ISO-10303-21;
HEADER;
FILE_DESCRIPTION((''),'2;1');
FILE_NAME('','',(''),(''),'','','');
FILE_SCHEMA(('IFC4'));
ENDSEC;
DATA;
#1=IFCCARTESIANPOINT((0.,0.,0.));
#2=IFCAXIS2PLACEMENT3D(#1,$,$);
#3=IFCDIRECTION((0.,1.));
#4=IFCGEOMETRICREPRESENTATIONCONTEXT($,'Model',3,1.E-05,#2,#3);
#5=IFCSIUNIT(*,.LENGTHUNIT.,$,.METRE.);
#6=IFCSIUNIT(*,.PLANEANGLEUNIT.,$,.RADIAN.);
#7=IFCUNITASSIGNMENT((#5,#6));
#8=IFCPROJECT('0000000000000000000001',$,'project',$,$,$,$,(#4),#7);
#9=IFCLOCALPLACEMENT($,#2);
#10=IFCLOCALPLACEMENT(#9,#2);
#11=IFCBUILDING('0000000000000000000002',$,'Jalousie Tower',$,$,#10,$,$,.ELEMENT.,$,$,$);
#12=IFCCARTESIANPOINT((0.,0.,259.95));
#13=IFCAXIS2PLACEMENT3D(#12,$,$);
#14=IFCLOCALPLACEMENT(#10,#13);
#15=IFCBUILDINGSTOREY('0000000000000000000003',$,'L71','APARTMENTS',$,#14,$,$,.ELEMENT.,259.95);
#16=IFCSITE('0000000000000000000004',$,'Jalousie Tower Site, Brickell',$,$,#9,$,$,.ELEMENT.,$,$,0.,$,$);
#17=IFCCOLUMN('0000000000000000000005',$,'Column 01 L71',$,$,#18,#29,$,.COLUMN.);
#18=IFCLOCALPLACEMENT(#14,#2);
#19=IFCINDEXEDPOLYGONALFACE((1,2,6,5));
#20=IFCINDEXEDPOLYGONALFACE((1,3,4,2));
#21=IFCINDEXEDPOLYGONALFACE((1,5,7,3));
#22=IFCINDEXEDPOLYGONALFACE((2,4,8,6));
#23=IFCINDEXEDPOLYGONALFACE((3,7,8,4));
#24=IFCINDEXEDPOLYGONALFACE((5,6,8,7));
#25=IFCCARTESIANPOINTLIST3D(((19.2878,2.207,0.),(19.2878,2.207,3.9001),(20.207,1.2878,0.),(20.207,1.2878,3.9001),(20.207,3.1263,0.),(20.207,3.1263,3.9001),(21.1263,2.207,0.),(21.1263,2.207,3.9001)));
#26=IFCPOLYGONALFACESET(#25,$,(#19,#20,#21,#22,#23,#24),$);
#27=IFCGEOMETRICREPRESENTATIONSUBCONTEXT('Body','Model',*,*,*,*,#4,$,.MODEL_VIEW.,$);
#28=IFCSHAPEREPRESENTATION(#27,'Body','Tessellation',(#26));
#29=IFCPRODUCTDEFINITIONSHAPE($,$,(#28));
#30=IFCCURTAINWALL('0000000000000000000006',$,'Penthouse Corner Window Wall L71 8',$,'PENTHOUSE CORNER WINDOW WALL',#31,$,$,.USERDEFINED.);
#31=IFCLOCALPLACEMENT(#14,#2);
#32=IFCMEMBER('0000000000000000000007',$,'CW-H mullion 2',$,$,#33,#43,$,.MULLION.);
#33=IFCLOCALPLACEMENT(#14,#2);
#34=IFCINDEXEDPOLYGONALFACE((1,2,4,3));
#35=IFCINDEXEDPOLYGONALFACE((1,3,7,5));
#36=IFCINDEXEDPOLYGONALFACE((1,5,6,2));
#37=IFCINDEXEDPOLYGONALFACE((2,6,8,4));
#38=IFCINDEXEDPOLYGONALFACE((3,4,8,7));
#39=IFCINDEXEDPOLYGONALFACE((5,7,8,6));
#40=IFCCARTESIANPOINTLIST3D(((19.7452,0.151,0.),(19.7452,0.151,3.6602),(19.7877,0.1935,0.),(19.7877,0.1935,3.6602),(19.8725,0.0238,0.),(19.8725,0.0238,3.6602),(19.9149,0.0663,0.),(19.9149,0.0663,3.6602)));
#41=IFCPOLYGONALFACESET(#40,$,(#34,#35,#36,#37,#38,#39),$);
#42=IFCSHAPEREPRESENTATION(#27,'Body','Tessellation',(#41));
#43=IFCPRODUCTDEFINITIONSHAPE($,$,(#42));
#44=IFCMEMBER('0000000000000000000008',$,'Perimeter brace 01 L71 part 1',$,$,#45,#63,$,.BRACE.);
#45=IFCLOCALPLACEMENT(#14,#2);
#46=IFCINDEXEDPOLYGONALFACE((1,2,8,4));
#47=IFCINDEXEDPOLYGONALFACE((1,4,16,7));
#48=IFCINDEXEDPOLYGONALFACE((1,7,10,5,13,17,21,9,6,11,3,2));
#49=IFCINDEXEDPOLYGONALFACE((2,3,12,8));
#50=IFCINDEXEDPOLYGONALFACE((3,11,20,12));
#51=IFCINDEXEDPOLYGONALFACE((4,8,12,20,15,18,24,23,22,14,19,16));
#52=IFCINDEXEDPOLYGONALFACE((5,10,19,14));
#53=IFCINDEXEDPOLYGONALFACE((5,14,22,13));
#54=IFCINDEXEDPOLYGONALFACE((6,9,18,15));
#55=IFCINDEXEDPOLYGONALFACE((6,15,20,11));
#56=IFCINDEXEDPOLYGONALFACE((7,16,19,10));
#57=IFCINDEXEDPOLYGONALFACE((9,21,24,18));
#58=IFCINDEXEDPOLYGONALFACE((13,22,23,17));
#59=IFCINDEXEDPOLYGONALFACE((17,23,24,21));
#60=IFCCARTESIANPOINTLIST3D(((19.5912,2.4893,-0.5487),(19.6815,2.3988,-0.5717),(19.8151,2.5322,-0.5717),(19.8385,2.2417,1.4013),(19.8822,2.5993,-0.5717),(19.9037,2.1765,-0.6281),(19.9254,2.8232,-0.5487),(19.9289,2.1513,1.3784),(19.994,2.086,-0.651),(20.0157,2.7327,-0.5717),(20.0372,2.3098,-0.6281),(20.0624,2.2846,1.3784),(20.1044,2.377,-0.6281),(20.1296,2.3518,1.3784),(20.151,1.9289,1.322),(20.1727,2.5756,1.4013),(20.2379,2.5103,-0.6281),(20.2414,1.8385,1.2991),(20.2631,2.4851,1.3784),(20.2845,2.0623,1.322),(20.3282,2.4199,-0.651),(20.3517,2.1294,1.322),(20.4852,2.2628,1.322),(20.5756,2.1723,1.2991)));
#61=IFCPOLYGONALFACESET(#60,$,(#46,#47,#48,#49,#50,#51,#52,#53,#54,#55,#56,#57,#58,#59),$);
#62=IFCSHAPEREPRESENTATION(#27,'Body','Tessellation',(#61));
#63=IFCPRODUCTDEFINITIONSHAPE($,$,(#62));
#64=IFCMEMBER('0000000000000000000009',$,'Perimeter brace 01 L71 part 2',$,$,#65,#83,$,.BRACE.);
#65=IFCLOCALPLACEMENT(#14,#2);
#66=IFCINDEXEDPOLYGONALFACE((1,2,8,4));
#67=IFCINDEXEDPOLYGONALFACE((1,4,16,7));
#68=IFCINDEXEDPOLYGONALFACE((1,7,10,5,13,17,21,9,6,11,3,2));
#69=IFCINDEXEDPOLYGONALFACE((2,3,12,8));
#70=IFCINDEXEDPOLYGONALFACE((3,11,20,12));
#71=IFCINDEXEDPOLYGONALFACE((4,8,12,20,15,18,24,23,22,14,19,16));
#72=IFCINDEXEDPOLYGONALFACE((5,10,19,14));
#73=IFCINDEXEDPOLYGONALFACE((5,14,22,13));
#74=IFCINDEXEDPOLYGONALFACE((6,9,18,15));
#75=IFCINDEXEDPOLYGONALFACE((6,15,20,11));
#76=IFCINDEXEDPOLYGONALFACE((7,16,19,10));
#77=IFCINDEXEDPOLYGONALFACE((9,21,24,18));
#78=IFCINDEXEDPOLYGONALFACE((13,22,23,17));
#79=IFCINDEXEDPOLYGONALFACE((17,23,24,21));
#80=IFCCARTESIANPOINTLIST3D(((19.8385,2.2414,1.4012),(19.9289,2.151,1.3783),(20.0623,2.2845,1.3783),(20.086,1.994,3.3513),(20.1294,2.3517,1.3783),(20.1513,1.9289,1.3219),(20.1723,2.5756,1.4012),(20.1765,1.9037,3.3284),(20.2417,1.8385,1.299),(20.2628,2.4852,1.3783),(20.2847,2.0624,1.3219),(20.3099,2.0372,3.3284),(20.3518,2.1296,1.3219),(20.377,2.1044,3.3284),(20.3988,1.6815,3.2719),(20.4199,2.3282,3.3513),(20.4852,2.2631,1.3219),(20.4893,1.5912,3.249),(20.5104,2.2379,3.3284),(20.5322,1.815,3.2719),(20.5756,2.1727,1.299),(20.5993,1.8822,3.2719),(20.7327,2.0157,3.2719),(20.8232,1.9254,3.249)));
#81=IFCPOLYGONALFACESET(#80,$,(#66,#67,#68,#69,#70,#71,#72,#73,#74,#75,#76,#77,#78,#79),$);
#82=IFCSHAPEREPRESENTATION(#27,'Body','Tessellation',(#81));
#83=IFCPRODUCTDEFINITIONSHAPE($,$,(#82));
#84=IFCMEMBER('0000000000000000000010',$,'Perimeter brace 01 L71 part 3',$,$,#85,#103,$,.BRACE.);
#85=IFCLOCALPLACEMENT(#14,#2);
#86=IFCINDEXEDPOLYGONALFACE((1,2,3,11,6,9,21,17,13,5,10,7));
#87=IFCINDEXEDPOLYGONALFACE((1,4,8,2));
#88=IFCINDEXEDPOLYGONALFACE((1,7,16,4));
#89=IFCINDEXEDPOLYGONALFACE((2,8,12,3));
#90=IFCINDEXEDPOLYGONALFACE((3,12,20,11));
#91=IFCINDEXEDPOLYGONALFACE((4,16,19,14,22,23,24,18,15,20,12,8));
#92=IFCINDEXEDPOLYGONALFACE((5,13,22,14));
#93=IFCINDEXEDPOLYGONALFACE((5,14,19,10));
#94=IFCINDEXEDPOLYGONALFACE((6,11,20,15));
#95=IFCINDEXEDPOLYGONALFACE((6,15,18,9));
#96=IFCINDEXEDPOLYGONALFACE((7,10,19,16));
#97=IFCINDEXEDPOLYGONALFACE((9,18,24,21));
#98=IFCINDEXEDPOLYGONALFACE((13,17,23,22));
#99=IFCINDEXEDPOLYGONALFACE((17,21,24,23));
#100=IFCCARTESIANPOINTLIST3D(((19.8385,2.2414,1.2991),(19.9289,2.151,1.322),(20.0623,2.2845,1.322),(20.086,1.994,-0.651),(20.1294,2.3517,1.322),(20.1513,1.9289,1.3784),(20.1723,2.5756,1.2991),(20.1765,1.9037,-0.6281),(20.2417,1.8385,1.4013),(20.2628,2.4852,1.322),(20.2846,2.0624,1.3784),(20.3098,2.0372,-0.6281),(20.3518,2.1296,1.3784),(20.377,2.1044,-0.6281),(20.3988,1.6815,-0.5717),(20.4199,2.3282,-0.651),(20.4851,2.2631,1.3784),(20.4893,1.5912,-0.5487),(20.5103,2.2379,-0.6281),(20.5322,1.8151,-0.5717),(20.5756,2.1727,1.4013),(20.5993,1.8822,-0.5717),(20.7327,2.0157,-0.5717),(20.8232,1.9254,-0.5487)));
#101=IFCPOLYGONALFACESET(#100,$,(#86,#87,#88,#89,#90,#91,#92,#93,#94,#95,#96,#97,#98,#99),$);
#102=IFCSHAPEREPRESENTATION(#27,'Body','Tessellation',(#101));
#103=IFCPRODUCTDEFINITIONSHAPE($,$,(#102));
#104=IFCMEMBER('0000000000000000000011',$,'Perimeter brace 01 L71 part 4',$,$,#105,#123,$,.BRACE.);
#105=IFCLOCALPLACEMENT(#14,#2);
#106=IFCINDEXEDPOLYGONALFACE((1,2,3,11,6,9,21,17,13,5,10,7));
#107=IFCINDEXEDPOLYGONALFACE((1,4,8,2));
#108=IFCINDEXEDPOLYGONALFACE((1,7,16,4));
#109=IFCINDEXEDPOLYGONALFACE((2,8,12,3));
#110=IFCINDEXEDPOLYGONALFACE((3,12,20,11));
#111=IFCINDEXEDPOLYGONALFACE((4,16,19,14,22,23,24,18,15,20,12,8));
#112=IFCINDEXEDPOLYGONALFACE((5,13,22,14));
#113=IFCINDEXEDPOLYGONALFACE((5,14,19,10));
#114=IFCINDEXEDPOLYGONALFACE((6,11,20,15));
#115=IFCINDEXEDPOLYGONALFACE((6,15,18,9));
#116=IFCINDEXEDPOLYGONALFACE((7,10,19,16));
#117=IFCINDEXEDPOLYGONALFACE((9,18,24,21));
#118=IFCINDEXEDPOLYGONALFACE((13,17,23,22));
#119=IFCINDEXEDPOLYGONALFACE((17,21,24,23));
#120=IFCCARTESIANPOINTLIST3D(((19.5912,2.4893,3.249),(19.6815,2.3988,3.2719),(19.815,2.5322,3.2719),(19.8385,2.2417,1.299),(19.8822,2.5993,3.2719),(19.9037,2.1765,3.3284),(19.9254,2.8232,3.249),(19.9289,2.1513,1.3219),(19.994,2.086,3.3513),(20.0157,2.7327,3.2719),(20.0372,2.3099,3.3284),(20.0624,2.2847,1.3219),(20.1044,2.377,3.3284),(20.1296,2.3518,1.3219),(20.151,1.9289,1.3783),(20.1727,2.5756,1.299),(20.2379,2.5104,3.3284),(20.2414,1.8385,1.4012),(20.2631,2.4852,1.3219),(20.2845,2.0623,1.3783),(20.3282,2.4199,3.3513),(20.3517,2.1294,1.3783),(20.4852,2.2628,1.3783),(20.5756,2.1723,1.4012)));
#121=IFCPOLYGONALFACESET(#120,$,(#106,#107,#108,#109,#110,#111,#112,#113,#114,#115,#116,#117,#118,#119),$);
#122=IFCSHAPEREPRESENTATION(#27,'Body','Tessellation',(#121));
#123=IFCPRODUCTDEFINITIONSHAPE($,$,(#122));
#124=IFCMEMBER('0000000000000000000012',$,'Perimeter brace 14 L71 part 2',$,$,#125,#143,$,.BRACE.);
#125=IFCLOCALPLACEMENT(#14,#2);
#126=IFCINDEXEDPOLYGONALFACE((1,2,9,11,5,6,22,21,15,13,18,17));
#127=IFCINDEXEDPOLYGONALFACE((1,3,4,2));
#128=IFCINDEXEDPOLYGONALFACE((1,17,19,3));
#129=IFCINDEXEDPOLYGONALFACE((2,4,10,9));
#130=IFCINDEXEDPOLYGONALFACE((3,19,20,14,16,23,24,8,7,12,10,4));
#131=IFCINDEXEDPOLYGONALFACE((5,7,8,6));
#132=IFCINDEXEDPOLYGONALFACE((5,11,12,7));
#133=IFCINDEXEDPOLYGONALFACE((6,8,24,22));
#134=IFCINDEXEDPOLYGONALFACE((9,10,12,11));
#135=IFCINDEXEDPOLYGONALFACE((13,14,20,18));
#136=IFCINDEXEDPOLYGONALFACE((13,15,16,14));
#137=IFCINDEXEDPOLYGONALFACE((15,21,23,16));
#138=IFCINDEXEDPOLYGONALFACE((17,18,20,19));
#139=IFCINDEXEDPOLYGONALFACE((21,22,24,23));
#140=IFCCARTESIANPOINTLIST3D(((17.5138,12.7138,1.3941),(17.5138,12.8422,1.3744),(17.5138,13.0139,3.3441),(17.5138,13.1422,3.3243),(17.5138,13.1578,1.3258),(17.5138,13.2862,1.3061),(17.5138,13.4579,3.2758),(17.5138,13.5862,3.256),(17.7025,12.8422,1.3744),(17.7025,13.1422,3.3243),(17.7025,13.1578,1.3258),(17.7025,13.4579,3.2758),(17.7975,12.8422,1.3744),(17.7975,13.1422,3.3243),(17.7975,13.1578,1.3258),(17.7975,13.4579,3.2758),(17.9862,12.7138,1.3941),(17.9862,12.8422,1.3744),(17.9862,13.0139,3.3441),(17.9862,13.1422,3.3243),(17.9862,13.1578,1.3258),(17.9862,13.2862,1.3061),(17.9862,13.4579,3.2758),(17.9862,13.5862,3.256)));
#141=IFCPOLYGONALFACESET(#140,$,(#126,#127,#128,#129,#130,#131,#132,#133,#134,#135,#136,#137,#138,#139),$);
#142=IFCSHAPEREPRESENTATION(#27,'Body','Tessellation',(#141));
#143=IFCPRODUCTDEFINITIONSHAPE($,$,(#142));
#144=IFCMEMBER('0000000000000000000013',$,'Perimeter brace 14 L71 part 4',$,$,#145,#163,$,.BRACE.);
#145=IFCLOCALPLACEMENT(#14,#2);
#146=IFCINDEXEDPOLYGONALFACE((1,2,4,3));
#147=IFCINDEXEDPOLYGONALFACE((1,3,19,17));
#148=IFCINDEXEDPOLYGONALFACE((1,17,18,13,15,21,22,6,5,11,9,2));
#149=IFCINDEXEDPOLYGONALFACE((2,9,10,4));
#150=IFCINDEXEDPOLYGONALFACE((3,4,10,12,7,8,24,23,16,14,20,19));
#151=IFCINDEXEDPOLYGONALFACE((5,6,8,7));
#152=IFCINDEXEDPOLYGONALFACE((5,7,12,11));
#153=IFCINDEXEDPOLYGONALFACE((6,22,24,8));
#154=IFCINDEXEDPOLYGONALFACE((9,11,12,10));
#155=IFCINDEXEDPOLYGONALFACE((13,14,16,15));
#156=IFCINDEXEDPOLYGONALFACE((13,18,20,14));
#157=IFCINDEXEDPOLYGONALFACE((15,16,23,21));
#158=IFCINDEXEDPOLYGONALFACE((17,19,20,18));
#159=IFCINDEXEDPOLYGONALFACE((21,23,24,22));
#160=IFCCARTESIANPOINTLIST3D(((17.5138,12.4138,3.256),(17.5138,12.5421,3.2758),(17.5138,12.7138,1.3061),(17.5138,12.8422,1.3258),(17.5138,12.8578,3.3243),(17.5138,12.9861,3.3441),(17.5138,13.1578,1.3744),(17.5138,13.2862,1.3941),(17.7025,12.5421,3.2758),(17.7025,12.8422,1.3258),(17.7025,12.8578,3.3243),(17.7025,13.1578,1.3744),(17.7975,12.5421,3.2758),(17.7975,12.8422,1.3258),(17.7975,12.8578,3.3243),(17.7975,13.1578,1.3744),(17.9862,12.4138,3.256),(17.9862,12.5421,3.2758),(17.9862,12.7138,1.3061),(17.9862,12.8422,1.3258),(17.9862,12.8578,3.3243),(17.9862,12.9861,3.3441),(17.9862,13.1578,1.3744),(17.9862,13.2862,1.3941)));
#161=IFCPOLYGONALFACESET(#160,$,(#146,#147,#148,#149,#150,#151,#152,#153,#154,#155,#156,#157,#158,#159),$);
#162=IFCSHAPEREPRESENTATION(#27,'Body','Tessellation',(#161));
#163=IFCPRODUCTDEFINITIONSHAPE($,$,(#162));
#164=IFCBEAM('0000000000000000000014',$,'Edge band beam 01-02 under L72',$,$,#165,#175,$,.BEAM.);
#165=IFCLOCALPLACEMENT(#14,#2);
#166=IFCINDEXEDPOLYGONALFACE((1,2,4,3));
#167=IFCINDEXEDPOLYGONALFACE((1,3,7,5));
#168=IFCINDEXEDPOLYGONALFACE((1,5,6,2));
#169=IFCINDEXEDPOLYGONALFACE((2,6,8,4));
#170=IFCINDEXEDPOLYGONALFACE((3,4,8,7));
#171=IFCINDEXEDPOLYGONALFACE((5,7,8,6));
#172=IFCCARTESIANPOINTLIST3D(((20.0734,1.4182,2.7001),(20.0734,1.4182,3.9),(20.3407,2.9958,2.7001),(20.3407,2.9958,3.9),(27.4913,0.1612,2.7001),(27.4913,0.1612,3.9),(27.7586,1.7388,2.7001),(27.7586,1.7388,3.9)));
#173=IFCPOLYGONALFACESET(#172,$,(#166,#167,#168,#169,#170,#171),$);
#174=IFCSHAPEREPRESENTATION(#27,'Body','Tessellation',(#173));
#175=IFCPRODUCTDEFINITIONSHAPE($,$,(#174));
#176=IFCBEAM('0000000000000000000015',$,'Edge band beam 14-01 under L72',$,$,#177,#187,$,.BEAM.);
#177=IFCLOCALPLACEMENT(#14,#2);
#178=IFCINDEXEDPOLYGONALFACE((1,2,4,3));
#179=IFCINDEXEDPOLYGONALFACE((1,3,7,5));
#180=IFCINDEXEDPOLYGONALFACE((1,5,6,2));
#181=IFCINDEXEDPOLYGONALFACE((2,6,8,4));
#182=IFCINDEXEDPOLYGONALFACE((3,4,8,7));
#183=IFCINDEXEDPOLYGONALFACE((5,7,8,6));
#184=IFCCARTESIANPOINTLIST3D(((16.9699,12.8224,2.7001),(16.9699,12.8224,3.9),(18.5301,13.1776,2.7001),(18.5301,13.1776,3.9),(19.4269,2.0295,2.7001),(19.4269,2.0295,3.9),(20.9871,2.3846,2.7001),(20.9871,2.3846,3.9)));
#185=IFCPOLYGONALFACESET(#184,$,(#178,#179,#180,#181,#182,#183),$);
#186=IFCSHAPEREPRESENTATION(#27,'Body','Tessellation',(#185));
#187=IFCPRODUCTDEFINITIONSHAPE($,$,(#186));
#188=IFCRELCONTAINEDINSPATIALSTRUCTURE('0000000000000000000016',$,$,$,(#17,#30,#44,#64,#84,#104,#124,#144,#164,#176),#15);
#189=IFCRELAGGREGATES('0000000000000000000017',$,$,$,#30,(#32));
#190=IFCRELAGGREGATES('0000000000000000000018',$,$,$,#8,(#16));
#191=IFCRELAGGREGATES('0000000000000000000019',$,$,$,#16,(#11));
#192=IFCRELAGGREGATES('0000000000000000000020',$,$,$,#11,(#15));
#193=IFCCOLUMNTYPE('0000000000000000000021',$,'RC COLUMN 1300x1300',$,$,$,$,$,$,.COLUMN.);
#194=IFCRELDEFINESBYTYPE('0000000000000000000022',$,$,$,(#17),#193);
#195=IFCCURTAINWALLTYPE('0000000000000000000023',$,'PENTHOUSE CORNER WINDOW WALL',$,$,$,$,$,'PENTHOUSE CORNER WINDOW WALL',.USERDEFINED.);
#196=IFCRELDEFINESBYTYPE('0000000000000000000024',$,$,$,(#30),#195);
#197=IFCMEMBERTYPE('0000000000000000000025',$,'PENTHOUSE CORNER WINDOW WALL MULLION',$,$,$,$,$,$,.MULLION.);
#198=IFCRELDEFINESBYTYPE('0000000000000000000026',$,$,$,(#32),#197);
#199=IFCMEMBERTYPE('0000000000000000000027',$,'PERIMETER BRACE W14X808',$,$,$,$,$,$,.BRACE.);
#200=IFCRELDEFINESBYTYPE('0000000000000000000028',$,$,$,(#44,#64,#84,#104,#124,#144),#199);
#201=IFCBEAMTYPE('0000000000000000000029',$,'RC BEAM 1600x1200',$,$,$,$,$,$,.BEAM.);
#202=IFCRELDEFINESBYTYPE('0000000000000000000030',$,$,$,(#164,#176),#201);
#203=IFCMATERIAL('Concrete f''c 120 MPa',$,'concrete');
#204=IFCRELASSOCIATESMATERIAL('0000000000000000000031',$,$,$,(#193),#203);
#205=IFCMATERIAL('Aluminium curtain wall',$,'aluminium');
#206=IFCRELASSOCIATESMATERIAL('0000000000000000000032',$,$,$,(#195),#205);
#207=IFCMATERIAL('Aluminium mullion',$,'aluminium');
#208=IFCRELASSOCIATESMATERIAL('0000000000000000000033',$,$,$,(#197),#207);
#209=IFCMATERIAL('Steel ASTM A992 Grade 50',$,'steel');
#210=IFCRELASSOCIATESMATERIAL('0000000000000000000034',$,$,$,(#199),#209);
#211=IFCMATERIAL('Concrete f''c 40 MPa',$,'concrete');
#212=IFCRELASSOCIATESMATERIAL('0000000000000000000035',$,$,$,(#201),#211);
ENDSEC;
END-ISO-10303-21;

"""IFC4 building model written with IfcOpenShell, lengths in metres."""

from ifc_helpers import new_model, si_unit, direction, frame, origin, origin_2d, place, context, subcontext, project, spatial, rectangle, i_section, extrude, material, material_profile, profile_set, type_object, element, aggregate, save


model = new_model("IFC4")

# Units and contexts
model_context = context("Model", 3, precision=1e-05, world=origin(), true_north=direction((0.0, 1.0)))
body_context = subcontext(model_context, "Body", "Model", "MODEL_VIEW")
ifc_project = project(units=[si_unit("LENGTHUNIT", "METRE"), si_unit("PLANEANGLEUNIT", "RADIAN")], contexts=[model_context])

# Site, building, storey
site_placement = place(None, origin())
site = spatial("IfcSite", under=ifc_project, at=site_placement, Name="Jalousie Tower Site, Brickell", CompositionType="ELEMENT", RefElevation=0.0)
building_placement = place(site_placement, origin())
building = spatial("IfcBuilding", under=site, at=building_placement, Name="Jalousie Tower", CompositionType="ELEMENT")
storey_placement = place(building_placement, frame((0.0, 0.0, 259.95)))
storey = spatial("IfcBuildingStorey", under=building, at=storey_placement, Name="L71", Description="APARTMENTS", CompositionType="ELEMENT", Elevation=259.95)

# Column
ifc_material_1 = material(Name="Concrete f'c 120 MPa", Category="concrete")
ifc_material_profile_1 = material_profile(ifc_material_1, rectangle(XDim=1.3, YDim=1.3, at=origin_2d()), Name="RC 1300x1300")
ifc_profile_set_1 = profile_set([ifc_material_profile_1], Name="Concrete f'c 120 MPa")
column_type = type_object("IfcColumnType", Name="RC COLUMN 1300x1300", PredefinedType="COLUMN", material=ifc_profile_set_1)
column_placement = place(storey_placement, frame((20.207, 2.207, 0.0), z_axis=(0.0, 0.0, 1.0), x_axis=(0.707107, 0.707107, 0.0)))
element("IfcColumn", 1, at=column_placement, inside=storey, type_object=column_type, Name="Column 01 L71", PredefinedType="COLUMN", context=body_context, shape_type="SweptSolid", body=[
    extrude(rectangle(XDim=1.3, YDim=1.3, at=origin_2d()), origin(), (0.0, 0.0, 1.0), 3.9001),
])

# Curtain wall, member
ifc_material_2 = material(Name="Aluminium curtain wall", Category="aluminium")
curtain_wall_type_1 = type_object("IfcCurtainWallType", Name="PENTHOUSE CORNER WINDOW WALL", ElementType="PENTHOUSE CORNER WINDOW WALL", PredefinedType="USERDEFINED", material=ifc_material_2)
curtain_wall_1_placement = place(storey_placement, origin())
curtain_wall_1 = element("IfcCurtainWall", 2, at=curtain_wall_1_placement, inside=storey, type_object=curtain_wall_type_1, Name="Penthouse Corner Window Wall L71 8", ObjectType="PENTHOUSE CORNER WINDOW WALL", PredefinedType="USERDEFINED")
ifc_material_3 = material(Name="Aluminium mullion", Category="aluminium")
ifc_material_profile_2 = material_profile(ifc_material_3, rectangle(XDim=0.0601, YDim=0.1799, at=origin_2d()), Name="MULLION 60x180")
ifc_profile_set_2 = profile_set([ifc_material_profile_2], Name="Aluminium mullion")
member_type_1 = type_object("IfcMemberType", Name="PENTHOUSE CORNER WINDOW WALL MULLION", PredefinedType="MULLION", material=ifc_profile_set_2)
member_1_placement = place(storey_placement, frame((19.8301, 0.1086, 0.0), z_axis=(0.0, 0.0, 1.0), x_axis=(0.707107, 0.707107, 0.0)))
member_1 = element("IfcMember", 3, at=member_1_placement, type_object=member_type_1, Name="CW-H mullion 2", PredefinedType="MULLION", context=body_context, shape_type="SweptSolid", body=[
    extrude(rectangle(XDim=0.0601, YDim=0.1799, at=origin_2d()), origin(), (0.0, 0.0, 1.0), 3.6602),
])

# Members
ifc_material_4 = material(Name="Steel ASTM A992 Grade 50", Category="steel")
ifc_material_profile_3 = material_profile(ifc_material_4, i_section(OverallWidth=0.4724, OverallDepth=0.5791, WebThickness=0.095, FlangeThickness=0.1299, at=origin_2d()), Name="W14X808")
ifc_profile_set_3 = profile_set([ifc_material_profile_3], Name="Steel ASTM A992 Grade 50")
member_type_2 = type_object("IfcMemberType", Name="PERIMETER BRACE W14X808", PredefinedType="BRACE", material=ifc_profile_set_3)
for number, where, z_axis, x_axis, name in (
    (4, (19.9597, 2.4546, -0.5999), (0.124837, -0.12496, 0.984277), (0.707456, 0.706758, 0.0), "Perimeter brace 01 L71 part 1"),
    (5, (20.207, 2.207, 1.3501), (0.12496, -0.124837, 0.984277), (0.706758, 0.707456, 0.0), "Perimeter brace 01 L71 part 2"),
    (6, (20.4546, 1.9597, -0.5999), (-0.12496, 0.124837, 0.984277), (-0.706758, -0.707456, 0.0), "Perimeter brace 01 L71 part 3"),
    (7, (20.207, 2.207, 1.3501), (-0.124837, 0.12496, 0.984277), (-0.707456, -0.706758, 0.0), "Perimeter brace 01 L71 part 4"),
):
    element("IfcMember", number, at=place(storey_placement, frame(where, z_axis=z_axis, x_axis=x_axis)), inside=storey, type_object=member_type_2, Name=name, PredefinedType="BRACE", context=body_context, shape_type="SweptSolid", body=[
        extrude(i_section(OverallWidth=0.4724, OverallDepth=0.5791, WebThickness=0.095, FlangeThickness=0.1299, at=origin_2d()), origin(), (0.0, 0.0, 1.0), 1.9812),
    ])
for number, where, z_axis, x_axis, name in (
    (8, (17.75, 13.0, 1.3501), (0.0, 0.152085, 0.988367), (-1.0, 0.0, 0.0), "Perimeter brace 14 L71 part 2"),
    (9, (17.75, 13.0, 1.3501), (0.0, -0.152085, 0.988367), (1.0, 0.0, 0.0), "Perimeter brace 14 L71 part 4"),
):
    element("IfcMember", number, at=place(storey_placement, frame(where, z_axis=z_axis, x_axis=x_axis)), inside=storey, type_object=member_type_2, Name=name, PredefinedType="BRACE", context=body_context, shape_type="SweptSolid", body=[
        extrude(i_section(OverallWidth=0.4724, OverallDepth=0.5791, WebThickness=0.095, FlangeThickness=0.1299, at=origin_2d()), origin(), (0.0, 0.0, 1.0), 1.9729),
    ])

# Beams
ifc_material_5 = material(Name="Concrete f'c 40 MPa", Category="concrete")
ifc_material_profile_4 = material_profile(ifc_material_5, rectangle(XDim=1.6001, YDim=1.2, at=origin_2d()), Name="RC 1600x1200")
ifc_profile_set_4 = profile_set([ifc_material_profile_4], Name="Concrete f'c 40 MPa")
beam_type = type_object("IfcBeamType", Name="RC BEAM 1600x1200", PredefinedType="BEAM", material=ifc_profile_set_4)
beam_1_placement = place(storey_placement, frame((20.207, 2.207, 3.3), z_axis=(0.985943, -0.167082, 0.0), x_axis=(0.167082, 0.985943, 0.0)))
element("IfcBeam", 10, at=beam_1_placement, inside=storey, type_object=beam_type, Name="Edge band beam 01-02 under L72", PredefinedType="BEAM", context=body_context, shape_type="SweptSolid", body=[
    extrude(rectangle(XDim=1.6001, YDim=1.2, at=origin_2d()), origin(), (0.0, 0.0, 1.0), 7.5237),
])
beam_2_placement = place(storey_placement, frame((17.75, 13.0, 3.3), z_axis=(0.221972, -0.975053, 0.0), x_axis=(0.975053, 0.221972, 0.0)))
element("IfcBeam", 11, at=beam_2_placement, inside=storey, type_object=beam_type, Name="Edge band beam 14-01 under L72", PredefinedType="BEAM", context=body_context, shape_type="SweptSolid", body=[
    extrude(rectangle(XDim=1.6001, YDim=1.2, at=origin_2d()), origin(), (0.0, 0.0, 1.0), 11.0691),
])

aggregate(curtain_wall_1, [member_1])

save(model, "model.ifc")
